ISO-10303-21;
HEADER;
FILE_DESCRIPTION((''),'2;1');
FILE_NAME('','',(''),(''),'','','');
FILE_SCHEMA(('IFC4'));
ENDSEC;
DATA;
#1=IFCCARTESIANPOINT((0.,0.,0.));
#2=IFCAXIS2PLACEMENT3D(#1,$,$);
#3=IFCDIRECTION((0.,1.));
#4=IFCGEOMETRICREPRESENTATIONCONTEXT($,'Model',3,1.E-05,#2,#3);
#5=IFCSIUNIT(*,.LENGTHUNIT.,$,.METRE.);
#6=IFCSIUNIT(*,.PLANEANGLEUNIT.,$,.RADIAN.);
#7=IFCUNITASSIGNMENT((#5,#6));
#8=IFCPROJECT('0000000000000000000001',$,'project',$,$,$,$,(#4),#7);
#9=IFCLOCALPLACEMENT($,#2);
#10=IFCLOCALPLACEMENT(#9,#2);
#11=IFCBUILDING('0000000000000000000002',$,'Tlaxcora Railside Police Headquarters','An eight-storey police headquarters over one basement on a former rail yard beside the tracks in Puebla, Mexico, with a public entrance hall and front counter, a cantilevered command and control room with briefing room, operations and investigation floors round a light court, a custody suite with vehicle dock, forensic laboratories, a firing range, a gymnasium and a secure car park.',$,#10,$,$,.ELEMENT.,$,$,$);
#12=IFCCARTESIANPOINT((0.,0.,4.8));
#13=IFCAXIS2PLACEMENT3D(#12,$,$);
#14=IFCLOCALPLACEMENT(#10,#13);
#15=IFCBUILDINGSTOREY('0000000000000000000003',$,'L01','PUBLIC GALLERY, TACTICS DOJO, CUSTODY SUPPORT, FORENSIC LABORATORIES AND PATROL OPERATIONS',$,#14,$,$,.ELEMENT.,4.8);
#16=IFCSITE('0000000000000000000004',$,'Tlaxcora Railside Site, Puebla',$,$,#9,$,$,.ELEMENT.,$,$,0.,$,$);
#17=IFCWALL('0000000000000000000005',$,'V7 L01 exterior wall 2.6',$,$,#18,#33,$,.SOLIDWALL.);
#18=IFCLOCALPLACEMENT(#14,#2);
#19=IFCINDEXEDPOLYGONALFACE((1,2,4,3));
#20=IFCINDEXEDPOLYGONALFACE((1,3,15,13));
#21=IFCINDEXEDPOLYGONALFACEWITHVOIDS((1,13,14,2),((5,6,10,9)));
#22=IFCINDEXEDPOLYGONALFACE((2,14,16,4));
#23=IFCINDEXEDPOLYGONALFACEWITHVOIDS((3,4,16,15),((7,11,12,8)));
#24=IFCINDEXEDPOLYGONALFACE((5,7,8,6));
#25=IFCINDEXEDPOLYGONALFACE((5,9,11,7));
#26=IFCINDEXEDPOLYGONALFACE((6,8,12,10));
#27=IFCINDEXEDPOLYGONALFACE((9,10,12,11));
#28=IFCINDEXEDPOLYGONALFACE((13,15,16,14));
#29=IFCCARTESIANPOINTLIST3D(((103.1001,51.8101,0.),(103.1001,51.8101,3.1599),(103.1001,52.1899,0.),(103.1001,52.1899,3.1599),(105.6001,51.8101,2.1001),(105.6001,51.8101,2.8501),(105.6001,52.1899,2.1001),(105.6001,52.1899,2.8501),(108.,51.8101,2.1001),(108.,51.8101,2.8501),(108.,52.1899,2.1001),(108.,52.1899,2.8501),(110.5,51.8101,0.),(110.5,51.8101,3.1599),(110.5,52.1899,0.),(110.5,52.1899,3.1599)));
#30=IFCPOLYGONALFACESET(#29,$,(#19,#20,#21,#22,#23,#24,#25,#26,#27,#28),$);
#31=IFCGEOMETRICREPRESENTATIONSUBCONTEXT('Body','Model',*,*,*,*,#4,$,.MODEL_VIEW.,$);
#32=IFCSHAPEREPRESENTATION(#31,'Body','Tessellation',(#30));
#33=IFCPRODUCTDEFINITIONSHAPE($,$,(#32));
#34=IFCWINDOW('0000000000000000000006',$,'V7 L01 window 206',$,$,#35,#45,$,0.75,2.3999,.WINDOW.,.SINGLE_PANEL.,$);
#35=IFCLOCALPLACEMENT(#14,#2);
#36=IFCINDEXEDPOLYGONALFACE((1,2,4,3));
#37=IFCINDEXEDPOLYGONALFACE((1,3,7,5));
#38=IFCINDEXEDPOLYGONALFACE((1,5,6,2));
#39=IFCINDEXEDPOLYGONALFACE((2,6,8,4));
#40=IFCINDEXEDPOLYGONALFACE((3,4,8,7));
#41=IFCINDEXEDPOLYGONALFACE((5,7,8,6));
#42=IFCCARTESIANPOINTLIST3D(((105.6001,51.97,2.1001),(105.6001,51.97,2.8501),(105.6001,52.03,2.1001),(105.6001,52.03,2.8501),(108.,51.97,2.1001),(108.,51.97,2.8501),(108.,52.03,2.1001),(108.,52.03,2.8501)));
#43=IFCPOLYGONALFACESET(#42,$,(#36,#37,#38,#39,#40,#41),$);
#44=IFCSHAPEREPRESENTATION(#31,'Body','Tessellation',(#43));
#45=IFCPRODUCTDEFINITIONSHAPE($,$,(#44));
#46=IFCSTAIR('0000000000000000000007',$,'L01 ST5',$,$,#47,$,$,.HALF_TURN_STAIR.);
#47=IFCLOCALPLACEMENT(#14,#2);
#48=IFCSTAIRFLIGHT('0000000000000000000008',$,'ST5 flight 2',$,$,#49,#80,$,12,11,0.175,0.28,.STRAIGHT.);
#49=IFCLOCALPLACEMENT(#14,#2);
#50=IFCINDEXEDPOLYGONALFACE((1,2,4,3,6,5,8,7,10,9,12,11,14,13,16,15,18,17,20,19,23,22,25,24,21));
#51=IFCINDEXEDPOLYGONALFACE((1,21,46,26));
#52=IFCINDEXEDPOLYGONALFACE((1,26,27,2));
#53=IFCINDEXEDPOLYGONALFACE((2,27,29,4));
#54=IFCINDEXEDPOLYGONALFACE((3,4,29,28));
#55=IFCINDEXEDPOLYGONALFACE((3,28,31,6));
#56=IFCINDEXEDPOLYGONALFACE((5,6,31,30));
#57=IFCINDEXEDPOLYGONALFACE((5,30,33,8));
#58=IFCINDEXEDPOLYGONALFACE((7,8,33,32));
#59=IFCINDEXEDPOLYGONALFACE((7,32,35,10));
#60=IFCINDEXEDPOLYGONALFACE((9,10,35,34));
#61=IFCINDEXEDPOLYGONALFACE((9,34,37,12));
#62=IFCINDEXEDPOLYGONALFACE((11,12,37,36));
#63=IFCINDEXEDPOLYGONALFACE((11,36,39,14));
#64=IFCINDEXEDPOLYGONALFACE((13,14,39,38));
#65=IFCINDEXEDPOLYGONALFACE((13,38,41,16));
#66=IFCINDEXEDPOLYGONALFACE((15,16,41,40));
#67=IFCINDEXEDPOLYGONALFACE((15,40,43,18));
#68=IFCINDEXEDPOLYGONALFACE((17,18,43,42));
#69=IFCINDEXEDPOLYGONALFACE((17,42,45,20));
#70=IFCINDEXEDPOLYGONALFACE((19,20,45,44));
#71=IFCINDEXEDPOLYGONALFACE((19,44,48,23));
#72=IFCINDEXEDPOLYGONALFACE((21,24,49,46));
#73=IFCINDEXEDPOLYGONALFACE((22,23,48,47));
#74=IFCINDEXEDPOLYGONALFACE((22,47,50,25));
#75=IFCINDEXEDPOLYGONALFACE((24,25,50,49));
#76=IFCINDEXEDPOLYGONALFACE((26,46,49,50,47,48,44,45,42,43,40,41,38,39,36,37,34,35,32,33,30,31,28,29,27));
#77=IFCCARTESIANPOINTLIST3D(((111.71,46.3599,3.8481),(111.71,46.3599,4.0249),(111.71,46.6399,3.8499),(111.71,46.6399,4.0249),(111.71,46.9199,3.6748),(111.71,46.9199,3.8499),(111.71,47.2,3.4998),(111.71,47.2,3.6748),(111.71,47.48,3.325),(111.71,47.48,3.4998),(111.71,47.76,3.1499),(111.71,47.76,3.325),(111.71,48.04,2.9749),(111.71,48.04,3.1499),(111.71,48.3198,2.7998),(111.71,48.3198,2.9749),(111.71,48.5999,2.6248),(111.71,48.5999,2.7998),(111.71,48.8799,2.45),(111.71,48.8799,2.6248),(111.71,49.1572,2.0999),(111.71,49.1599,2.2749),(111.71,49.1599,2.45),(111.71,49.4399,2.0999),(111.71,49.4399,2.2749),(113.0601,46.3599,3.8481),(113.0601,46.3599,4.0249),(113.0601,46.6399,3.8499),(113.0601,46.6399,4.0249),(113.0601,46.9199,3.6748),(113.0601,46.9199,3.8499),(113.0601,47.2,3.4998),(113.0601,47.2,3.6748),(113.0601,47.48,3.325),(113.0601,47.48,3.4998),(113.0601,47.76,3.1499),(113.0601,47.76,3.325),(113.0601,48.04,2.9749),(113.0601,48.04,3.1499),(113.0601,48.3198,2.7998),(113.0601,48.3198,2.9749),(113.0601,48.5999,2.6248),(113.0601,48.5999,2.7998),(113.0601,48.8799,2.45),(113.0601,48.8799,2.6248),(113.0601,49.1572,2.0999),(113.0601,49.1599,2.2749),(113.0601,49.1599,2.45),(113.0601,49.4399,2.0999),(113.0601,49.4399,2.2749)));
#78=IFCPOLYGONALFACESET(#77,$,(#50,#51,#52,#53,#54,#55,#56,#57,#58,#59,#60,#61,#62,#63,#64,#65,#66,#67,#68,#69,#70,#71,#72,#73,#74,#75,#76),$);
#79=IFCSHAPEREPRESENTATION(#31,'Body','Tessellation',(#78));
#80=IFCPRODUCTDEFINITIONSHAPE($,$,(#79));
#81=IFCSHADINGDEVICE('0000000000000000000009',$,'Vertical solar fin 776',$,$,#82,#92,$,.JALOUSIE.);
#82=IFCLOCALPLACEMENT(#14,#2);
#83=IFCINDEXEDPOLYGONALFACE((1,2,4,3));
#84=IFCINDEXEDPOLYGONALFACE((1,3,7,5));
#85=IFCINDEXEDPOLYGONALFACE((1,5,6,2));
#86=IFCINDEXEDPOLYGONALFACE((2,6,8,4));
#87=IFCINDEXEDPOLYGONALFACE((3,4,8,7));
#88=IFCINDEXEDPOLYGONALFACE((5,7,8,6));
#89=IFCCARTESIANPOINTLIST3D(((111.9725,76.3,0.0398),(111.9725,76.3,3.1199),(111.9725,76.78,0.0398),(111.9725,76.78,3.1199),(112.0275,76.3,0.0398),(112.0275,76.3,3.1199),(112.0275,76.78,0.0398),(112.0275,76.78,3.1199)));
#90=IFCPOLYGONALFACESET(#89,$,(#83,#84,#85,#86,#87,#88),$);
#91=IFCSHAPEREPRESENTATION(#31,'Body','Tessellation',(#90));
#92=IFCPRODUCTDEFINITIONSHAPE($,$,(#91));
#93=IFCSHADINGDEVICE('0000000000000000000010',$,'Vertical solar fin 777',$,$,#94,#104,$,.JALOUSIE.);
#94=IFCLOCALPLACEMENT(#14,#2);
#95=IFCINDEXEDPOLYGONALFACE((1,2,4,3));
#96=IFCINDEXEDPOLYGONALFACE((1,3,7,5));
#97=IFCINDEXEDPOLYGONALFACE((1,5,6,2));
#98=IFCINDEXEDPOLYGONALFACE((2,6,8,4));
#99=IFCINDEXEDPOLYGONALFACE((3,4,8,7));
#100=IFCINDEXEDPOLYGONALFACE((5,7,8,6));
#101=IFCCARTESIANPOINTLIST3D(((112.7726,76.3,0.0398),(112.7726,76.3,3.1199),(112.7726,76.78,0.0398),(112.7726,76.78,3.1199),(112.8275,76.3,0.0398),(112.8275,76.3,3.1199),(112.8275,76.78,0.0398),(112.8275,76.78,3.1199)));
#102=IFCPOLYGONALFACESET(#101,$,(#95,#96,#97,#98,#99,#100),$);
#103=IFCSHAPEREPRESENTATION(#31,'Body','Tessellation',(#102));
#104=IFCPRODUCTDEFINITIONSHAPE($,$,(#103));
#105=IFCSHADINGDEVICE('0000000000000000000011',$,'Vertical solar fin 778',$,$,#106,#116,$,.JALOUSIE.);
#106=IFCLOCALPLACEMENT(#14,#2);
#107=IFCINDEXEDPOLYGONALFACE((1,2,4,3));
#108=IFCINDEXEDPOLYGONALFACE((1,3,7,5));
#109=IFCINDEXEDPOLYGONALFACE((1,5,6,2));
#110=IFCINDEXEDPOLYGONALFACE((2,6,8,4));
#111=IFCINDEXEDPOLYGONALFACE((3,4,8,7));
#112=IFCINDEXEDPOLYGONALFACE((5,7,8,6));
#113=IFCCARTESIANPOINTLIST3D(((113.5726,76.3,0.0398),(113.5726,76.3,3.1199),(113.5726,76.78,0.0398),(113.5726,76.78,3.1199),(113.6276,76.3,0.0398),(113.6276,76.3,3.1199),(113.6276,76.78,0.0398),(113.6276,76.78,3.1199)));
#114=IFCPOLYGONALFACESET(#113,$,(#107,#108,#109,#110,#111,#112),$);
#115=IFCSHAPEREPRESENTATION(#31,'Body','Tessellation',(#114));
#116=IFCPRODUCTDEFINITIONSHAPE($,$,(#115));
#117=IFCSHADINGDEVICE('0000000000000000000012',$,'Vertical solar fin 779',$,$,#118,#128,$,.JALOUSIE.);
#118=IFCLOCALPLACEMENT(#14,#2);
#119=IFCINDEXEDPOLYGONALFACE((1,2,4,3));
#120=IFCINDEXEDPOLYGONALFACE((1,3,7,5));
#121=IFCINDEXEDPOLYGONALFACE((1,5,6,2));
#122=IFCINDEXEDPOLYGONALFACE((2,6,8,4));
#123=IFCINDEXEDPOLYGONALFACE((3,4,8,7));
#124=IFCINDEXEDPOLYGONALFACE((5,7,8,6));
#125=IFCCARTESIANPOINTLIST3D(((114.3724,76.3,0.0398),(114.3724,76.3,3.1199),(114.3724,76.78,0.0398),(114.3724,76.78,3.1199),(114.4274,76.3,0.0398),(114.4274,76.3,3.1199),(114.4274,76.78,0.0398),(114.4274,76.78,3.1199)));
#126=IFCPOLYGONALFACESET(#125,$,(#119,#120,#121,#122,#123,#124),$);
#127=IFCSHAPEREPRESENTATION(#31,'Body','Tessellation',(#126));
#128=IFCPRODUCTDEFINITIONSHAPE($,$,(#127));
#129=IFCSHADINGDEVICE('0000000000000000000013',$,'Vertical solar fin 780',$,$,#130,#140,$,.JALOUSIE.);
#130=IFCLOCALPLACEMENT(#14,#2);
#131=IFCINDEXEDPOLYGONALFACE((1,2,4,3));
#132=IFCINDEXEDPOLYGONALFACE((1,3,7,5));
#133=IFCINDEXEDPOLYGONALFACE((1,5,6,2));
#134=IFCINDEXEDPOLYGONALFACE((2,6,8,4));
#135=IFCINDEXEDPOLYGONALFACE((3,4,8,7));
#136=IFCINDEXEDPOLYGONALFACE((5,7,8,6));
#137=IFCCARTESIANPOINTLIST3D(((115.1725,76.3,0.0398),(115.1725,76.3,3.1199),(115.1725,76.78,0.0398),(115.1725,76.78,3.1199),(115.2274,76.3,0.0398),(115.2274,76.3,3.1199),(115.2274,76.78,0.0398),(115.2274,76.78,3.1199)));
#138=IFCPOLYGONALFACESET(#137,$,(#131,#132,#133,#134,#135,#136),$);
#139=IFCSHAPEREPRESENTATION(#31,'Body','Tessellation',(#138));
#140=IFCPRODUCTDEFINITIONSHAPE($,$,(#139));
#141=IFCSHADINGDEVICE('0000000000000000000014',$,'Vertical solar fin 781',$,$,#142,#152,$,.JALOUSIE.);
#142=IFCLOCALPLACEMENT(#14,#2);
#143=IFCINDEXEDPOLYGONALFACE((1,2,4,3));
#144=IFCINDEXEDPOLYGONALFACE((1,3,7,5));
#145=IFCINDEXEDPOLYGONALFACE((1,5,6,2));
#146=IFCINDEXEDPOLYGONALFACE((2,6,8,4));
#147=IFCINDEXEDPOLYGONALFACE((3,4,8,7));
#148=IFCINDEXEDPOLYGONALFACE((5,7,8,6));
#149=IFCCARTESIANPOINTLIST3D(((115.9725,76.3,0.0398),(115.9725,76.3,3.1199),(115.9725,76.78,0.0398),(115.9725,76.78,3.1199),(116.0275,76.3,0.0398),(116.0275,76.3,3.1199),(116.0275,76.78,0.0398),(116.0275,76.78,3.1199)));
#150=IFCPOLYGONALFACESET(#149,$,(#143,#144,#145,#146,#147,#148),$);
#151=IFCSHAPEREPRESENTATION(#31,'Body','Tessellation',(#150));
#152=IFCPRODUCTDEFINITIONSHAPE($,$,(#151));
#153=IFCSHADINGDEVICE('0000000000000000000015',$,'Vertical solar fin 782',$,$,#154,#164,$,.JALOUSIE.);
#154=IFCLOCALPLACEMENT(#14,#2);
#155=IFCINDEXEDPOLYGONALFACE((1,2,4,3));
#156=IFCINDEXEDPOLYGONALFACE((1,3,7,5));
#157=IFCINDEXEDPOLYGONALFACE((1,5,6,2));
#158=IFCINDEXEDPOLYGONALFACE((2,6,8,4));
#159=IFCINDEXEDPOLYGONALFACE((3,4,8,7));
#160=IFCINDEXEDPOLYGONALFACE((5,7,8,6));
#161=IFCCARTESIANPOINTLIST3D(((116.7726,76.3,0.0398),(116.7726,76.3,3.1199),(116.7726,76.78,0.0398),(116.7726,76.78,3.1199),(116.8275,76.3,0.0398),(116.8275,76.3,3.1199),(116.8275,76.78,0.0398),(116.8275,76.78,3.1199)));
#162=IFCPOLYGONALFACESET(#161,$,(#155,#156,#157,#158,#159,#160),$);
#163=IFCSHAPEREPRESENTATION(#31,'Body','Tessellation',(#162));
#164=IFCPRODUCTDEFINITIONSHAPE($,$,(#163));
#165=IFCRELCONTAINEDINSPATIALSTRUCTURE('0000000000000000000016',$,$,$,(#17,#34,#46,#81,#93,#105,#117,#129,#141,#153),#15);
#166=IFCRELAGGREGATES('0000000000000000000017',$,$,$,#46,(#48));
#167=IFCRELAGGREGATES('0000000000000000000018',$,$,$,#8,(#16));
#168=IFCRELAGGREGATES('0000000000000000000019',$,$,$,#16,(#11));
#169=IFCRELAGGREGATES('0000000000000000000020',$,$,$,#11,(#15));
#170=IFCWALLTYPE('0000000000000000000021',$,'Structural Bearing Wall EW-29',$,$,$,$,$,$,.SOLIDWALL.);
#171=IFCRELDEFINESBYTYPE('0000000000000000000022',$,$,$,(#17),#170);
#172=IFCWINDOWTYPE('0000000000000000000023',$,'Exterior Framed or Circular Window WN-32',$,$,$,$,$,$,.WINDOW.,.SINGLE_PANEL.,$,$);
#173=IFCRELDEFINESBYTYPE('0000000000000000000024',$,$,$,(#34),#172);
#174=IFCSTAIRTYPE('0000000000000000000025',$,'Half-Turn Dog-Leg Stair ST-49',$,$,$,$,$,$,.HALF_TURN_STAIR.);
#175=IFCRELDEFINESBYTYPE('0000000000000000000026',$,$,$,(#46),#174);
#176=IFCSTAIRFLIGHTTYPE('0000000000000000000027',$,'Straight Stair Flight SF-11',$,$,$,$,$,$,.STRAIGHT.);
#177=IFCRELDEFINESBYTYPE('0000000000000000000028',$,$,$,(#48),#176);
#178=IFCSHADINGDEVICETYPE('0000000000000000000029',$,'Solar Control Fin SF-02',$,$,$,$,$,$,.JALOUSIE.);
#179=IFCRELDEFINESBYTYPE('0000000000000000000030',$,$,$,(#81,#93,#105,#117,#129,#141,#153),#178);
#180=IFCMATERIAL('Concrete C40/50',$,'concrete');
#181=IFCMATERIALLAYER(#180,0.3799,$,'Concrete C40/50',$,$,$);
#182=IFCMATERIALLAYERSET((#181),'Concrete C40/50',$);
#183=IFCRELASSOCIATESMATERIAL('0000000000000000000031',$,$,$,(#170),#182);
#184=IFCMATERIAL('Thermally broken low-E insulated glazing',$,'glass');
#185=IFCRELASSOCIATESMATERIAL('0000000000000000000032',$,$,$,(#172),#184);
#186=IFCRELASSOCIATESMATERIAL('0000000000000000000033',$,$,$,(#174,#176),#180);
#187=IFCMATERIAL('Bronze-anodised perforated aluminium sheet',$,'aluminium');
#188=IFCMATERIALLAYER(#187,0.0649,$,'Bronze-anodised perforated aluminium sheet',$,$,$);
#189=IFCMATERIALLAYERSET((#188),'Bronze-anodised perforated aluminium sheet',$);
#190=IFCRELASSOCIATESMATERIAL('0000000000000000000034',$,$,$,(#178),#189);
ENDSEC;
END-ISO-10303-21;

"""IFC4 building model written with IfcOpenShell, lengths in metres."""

from ifc_helpers import new_model, si_unit, direction, frame, frame_2d, origin, origin_2d, place, context, subcontext, project, spatial, polyline, rectangle, outline, extrude, material, layer, layer_set, type_object, element, fill, aggregate, save


model = new_model("IFC4")

# Units and contexts
model_context = context("Model", 3, precision=1e-05, world=origin(), true_north=direction((0.0, 1.0)))
body_context = subcontext(model_context, "Body", "Model", "MODEL_VIEW")
ifc_project = project(units=[si_unit("LENGTHUNIT", "METRE"), si_unit("PLANEANGLEUNIT", "RADIAN")], contexts=[model_context])

# Site, building, storey
site_placement = place(None, origin())
site = spatial("IfcSite", under=ifc_project, at=site_placement, Name="Tlaxcora Railside Site, Puebla", CompositionType="ELEMENT", RefElevation=0.0)
building_placement = place(site_placement, origin())
building = spatial("IfcBuilding", under=site, at=building_placement, Name="Tlaxcora Railside Police Headquarters", Description="An eight-storey police headquarters over one basement on a former rail yard beside the tracks in Puebla, Mexico, with a public entrance hall and front counter, a cantilevered command and control room with briefing room, operations and investigation floors round a light court, a custody suite with vehicle dock, forensic laboratories, a firing range, a gymnasium and a secure car park.", CompositionType="ELEMENT")
storey_placement = place(building_placement, frame((0.0, 0.0, 4.8)))
storey = spatial("IfcBuildingStorey", under=building, at=storey_placement, Name="L01", Description="PUBLIC GALLERY, TACTICS DOJO, CUSTODY SUPPORT, FORENSIC LABORATORIES AND PATROL OPERATIONS", CompositionType="ELEMENT", Elevation=4.8)

# Shared definitions
ifc_material_1 = material(Name="Concrete C40/50", Category="concrete")

# Shared definitions
ifc_layer_1 = layer(ifc_material_1, 0.3799, Name="Concrete C40/50")
ifc_layer_set_1 = layer_set([ifc_layer_1], Name="Concrete C40/50")
wall_type_1 = type_object("IfcWallType", Name="Structural Bearing Wall EW-29", PredefinedType="SOLIDWALL", material=ifc_layer_set_1)
ifc_material_2 = material(Name="Thermally broken low-E insulated glazing", Category="glass")
window_type = type_object("IfcWindowType", Name="Exterior Framed or Circular Window WN-32", PartitioningType="SINGLE_PANEL", PredefinedType="WINDOW", material=ifc_material_2)

# Wall, opening, window
wall_1_placement = place(storey_placement, frame((110.5, 52.0, 0.0), z_axis=(0.0, 0.0, 1.0), x_axis=(-1.0, 0.0, 0.0)))
wall_1 = element("IfcWall", 1, at=wall_1_placement, inside=storey, type_object=wall_type_1, Name="V7 L01 exterior wall 2.6", PredefinedType="SOLIDWALL", context=body_context, shape_type="SweptSolid", body=[
    extrude(rectangle(XDim=7.3999, YDim=0.3799, at=frame_2d((3.7, 0.0))), origin(), (0.0, 0.0, 1.0), 3.1599),
])
opening_1_placement = place(wall_1_placement, frame((2.5, 0.0, 2.1001)))
opening_1 = element("IfcOpeningElement", 2, at=opening_1_placement, cuts=wall_1, PredefinedType="OPENING", context=body_context, shape_type="SweptSolid", body=[
    extrude(rectangle(XDim=2.3999, YDim=0.75, at=frame_2d((1.2, 0.375))), frame((0.0, 0.2, 0.0), z_axis=(0.0, -1.0, 0.0), x_axis=(1.0, 0.0, 0.0)), (0.0, 0.0, 1.0), 0.3999),
])
window_1_placement = place(opening_1_placement, origin())
window_1 = element("IfcWindow", 3, at=window_1_placement, inside=storey, type_object=window_type, Name="V7 L01 window 206", OverallHeight=0.75, OverallWidth=2.3999, PartitioningType="SINGLE_PANEL", PredefinedType="WINDOW", context=body_context, shape_type="SweptSolid", body=[
    extrude(rectangle(XDim=2.3999, YDim=0.75, at=frame_2d((1.2, 0.375))), frame((0.0, 0.03, 0.0), z_axis=(0.0, -1.0, 0.0), x_axis=(1.0, 0.0, 0.0)), (0.0, 0.0, 1.0), 0.0601),
])
fill(opening_1, window_1)

# Stair, stair flight
stair_type = type_object("IfcStairType", Name="Half-Turn Dog-Leg Stair ST-49", PredefinedType="HALF_TURN_STAIR", material=ifc_material_1)
stair_placement = place(storey_placement, origin())
stair = element("IfcStair", 4, at=stair_placement, inside=storey, type_object=stair_type, Name="L01 ST5", PredefinedType="HALF_TURN_STAIR")
stair_flight_type = type_object("IfcStairFlightType", Name="Straight Stair Flight SF-11", PredefinedType="STRAIGHT", material=ifc_material_1)
stair_flight_placement = place(storey_placement, frame((112.385, 49.4399, 2.0999), z_axis=(0.0, 0.0, 1.0), x_axis=(0.0, -1.0, 0.0)))
stair_flight = element("IfcStairFlight", 5, at=stair_flight_placement, type_object=stair_flight_type, Name="ST5 flight 2", NumberOfRisers=12, NumberOfTreads=11, PredefinedType="STRAIGHT", RiserHeight=0.175, TreadLength=0.28, context=body_context, shape_type="SweptSolid", body=[
    extrude(outline(polyline([(0.0, 0.0), (0.0, 0.175), (0.28, 0.175), (0.28, 0.3501), (0.5601, 0.3501), (0.5601, 0.5249), (0.8401, 0.5249), (0.8401, 0.7), (1.1201, 0.7), (1.1201, 0.875), (1.3999, 0.875), (1.3999, 1.05), (1.6799, 1.05), (1.6799, 1.2251), (1.96, 1.2251), (1.96, 1.3999), (2.24, 1.3999), (2.24, 1.575), (2.52, 1.575), (2.52, 1.75), (2.8, 1.75), (2.8, 1.925), (3.0801, 1.925), (3.0801, 2.1001), (3.0801, 1.7483), (0.2827, 0.0), (0.0, 0.0)])), frame((0.0, 0.675, 0.0), z_axis=(0.0, -1.0, 0.0), x_axis=(1.0, 0.0, 0.0)), (0.0, 0.0, 1.0), 1.3501),
])
aggregate(stair, [stair_flight])

# Shading devices
ifc_material_3 = material(Name="Bronze-anodised perforated aluminium sheet", Category="aluminium")
ifc_layer_2 = layer(ifc_material_3, 0.0649, Name="Bronze-anodised perforated aluminium sheet")
ifc_layer_set_2 = layer_set([ifc_layer_2], Name="Bronze-anodised perforated aluminium sheet")
shading_device_type = type_object("IfcShadingDeviceType", Name="Solar Control Fin SF-02", PredefinedType="JALOUSIE", material=ifc_layer_set_2)
for number, where, z_axis, x_axis, name in (
    (6, (112.0, 76.54, 0.0398), (0.0, 0.0, 1.0), (0.0, -1.0, 0.0), "Vertical solar fin 776"),
    (7, (112.8, 76.54, 0.0398), (0.0, 0.0, 1.0), (0.0, -1.0, 0.0), "Vertical solar fin 777"),
    (8, (113.6001, 76.54, 0.0398), (0.0, 0.0, 1.0), (0.0, -1.0, 0.0), "Vertical solar fin 778"),
    (9, (114.3999, 76.54, 0.0398), (0.0, 0.0, 1.0), (0.0, -1.0, 0.0), "Vertical solar fin 779"),
    (10, (115.2, 76.54, 0.0398), (0.0, 0.0, 1.0), (0.0, -1.0, 0.0), "Vertical solar fin 780"),
    (11, (116.0, 76.54, 0.0398), (0.0, 0.0, 1.0), (0.0, -1.0, 0.0), "Vertical solar fin 781"),
    (12, (116.8, 76.54, 0.0398), (0.0, 0.0, 1.0), (0.0, -1.0, 0.0), "Vertical solar fin 782"),
):
    element("IfcShadingDevice", number, at=place(storey_placement, frame(where, z_axis=z_axis, x_axis=x_axis)), inside=storey, type_object=shading_device_type, Name=name, PredefinedType="JALOUSIE", context=body_context, shape_type="SweptSolid", body=[
        extrude(rectangle(XDim=0.48, YDim=0.0549, at=origin_2d()), origin(), (0.0, 0.0, 1.0), 3.0801),
    ])

save(model, "model.ifc")
